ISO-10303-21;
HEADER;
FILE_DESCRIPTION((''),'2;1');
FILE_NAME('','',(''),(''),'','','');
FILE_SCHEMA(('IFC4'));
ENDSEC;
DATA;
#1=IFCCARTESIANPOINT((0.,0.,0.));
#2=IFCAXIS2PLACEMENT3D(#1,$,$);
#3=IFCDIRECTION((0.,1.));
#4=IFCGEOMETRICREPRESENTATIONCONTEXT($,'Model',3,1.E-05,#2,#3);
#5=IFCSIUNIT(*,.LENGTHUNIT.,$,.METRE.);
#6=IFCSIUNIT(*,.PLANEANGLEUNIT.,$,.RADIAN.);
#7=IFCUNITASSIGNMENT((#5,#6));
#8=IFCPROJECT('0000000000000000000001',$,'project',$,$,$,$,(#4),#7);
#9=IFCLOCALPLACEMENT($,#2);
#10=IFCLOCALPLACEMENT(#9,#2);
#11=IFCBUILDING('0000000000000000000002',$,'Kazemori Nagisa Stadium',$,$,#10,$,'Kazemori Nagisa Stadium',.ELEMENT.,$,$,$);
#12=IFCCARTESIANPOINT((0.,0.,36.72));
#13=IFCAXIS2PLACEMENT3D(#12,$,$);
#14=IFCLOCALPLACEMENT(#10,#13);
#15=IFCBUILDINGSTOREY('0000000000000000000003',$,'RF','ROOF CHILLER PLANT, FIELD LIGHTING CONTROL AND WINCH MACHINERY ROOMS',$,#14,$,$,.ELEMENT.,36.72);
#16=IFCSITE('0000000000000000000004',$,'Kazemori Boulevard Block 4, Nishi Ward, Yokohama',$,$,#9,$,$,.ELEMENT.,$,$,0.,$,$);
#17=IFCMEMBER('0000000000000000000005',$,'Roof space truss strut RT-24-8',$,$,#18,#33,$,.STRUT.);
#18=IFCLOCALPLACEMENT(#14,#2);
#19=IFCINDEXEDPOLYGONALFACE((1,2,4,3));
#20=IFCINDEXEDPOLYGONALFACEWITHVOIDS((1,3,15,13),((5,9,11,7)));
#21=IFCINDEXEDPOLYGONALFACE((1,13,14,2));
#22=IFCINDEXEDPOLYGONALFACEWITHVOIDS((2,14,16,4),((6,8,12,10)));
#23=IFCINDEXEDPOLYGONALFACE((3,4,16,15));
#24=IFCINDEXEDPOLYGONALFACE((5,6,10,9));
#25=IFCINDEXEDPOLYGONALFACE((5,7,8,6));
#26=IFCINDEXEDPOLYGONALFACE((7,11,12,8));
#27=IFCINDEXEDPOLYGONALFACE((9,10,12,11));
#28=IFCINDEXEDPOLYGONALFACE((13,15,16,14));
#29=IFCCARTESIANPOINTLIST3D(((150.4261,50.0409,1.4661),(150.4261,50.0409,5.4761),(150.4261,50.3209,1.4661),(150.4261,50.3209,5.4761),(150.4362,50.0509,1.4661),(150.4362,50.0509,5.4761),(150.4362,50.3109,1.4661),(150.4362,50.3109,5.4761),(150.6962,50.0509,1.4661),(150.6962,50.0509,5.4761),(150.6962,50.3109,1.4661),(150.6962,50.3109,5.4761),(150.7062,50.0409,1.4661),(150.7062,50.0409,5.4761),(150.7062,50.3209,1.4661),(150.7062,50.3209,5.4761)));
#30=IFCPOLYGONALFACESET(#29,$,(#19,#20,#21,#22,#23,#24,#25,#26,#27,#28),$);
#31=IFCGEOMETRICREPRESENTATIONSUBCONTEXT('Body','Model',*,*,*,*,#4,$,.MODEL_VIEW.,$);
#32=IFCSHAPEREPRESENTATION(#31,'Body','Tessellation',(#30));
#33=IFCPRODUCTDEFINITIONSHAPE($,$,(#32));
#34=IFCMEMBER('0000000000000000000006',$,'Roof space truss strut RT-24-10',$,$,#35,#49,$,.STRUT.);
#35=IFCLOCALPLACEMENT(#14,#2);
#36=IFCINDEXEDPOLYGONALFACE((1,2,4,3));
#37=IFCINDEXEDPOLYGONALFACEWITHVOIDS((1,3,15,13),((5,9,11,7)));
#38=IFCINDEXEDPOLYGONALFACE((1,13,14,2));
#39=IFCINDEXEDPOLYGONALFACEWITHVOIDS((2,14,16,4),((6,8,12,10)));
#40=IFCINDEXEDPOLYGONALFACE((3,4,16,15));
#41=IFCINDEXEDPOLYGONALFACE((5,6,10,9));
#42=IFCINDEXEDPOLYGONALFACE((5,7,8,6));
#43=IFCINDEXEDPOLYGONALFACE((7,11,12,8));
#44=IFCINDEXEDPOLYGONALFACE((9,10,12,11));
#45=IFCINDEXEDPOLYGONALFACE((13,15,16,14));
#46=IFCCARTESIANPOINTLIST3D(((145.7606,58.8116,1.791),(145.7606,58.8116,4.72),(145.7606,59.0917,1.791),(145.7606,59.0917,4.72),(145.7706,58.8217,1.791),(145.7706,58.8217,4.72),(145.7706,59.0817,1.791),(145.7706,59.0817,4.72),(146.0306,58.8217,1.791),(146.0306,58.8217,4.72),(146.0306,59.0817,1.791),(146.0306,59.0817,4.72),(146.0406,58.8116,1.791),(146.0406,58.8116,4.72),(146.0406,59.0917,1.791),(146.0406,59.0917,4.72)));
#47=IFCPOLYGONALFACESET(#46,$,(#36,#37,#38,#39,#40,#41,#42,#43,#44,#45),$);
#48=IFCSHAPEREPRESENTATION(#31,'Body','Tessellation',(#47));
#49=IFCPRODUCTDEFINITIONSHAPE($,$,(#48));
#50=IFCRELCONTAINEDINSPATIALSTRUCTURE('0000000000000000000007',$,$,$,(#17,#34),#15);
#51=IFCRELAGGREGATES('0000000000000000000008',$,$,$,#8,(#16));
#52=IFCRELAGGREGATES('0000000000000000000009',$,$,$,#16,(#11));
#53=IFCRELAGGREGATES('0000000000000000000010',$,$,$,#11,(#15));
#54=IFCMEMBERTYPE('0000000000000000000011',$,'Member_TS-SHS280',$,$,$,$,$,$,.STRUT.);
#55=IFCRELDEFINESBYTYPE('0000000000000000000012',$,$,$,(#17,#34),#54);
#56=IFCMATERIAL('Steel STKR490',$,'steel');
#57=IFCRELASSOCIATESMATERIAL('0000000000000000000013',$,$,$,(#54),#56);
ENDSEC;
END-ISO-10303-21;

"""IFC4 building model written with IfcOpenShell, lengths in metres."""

from ifc_helpers import new_model, si_unit, direction, frame, origin, origin_2d, place, context, subcontext, project, spatial, hollow_rectangle, extrude, material, material_profile, profile_set, type_object, element, save


model = new_model("IFC4")

# Units and contexts
model_context = context("Model", 3, precision=1e-05, world=origin(), true_north=direction((0.0, 1.0)))
body_context = subcontext(model_context, "Body", "Model", "MODEL_VIEW")
ifc_project = project(units=[si_unit("LENGTHUNIT", "METRE"), si_unit("PLANEANGLEUNIT", "RADIAN")], contexts=[model_context])

# Site, building, storey
site_placement = place(None, origin())
site = spatial("IfcSite", under=ifc_project, at=site_placement, Name="Kazemori Boulevard Block 4, Nishi Ward, Yokohama", CompositionType="ELEMENT", RefElevation=0.0)
building_placement = place(site_placement, origin())
building = spatial("IfcBuilding", under=site, at=building_placement, Name="Kazemori Nagisa Stadium", LongName="Kazemori Nagisa Stadium", CompositionType="ELEMENT")
storey_placement = place(building_placement, frame((0.0, 0.0, 36.72)))
storey = spatial("IfcBuildingStorey", under=building, at=storey_placement, Name="RF", Description="ROOF CHILLER PLANT, FIELD LIGHTING CONTROL AND WINCH MACHINERY ROOMS", CompositionType="ELEMENT", Elevation=36.72)

# Members
ifc_material_1 = material(Name="Steel STKR490", Category="steel")
ifc_material_profile_1 = material_profile(ifc_material_1, hollow_rectangle(XDim=0.28, YDim=0.28, WallThickness=0.01, at=origin_2d()), Name="SHS-280x280x10")
ifc_profile_set_1 = profile_set([ifc_material_profile_1], Name="Steel STKR490")
member_type_1 = type_object("IfcMemberType", Name="Member_TS-SHS280", PredefinedType="STRUT", material=ifc_profile_set_1)
member_1_placement = place(storey_placement, frame((150.5662, 50.1809, 1.4661), z_axis=(0.0, 0.0, 1.0), x_axis=(1.0, 0.0, 0.0)))
element("IfcMember", 1, at=member_1_placement, inside=storey, type_object=member_type_1, Name="Roof space truss strut RT-24-8", PredefinedType="STRUT", context=body_context, shape_type="SweptSolid", body=[
    extrude(hollow_rectangle(XDim=0.28, YDim=0.28, WallThickness=0.01, at=origin_2d()), origin(), (0.0, 0.0, 1.0), 4.01),
])
member_2_placement = place(storey_placement, frame((145.9006, 58.9517, 1.791), z_axis=(0.0, 0.0, 1.0), x_axis=(1.0, 0.0, 0.0)))
element("IfcMember", 2, at=member_2_placement, inside=storey, type_object=member_type_1, Name="Roof space truss strut RT-24-10", PredefinedType="STRUT", context=body_context, shape_type="SweptSolid", body=[
    extrude(hollow_rectangle(XDim=0.28, YDim=0.28, WallThickness=0.01, at=origin_2d()), origin(), (0.0, 0.0, 1.0), 2.929),
])

save(model, "model.ifc")
